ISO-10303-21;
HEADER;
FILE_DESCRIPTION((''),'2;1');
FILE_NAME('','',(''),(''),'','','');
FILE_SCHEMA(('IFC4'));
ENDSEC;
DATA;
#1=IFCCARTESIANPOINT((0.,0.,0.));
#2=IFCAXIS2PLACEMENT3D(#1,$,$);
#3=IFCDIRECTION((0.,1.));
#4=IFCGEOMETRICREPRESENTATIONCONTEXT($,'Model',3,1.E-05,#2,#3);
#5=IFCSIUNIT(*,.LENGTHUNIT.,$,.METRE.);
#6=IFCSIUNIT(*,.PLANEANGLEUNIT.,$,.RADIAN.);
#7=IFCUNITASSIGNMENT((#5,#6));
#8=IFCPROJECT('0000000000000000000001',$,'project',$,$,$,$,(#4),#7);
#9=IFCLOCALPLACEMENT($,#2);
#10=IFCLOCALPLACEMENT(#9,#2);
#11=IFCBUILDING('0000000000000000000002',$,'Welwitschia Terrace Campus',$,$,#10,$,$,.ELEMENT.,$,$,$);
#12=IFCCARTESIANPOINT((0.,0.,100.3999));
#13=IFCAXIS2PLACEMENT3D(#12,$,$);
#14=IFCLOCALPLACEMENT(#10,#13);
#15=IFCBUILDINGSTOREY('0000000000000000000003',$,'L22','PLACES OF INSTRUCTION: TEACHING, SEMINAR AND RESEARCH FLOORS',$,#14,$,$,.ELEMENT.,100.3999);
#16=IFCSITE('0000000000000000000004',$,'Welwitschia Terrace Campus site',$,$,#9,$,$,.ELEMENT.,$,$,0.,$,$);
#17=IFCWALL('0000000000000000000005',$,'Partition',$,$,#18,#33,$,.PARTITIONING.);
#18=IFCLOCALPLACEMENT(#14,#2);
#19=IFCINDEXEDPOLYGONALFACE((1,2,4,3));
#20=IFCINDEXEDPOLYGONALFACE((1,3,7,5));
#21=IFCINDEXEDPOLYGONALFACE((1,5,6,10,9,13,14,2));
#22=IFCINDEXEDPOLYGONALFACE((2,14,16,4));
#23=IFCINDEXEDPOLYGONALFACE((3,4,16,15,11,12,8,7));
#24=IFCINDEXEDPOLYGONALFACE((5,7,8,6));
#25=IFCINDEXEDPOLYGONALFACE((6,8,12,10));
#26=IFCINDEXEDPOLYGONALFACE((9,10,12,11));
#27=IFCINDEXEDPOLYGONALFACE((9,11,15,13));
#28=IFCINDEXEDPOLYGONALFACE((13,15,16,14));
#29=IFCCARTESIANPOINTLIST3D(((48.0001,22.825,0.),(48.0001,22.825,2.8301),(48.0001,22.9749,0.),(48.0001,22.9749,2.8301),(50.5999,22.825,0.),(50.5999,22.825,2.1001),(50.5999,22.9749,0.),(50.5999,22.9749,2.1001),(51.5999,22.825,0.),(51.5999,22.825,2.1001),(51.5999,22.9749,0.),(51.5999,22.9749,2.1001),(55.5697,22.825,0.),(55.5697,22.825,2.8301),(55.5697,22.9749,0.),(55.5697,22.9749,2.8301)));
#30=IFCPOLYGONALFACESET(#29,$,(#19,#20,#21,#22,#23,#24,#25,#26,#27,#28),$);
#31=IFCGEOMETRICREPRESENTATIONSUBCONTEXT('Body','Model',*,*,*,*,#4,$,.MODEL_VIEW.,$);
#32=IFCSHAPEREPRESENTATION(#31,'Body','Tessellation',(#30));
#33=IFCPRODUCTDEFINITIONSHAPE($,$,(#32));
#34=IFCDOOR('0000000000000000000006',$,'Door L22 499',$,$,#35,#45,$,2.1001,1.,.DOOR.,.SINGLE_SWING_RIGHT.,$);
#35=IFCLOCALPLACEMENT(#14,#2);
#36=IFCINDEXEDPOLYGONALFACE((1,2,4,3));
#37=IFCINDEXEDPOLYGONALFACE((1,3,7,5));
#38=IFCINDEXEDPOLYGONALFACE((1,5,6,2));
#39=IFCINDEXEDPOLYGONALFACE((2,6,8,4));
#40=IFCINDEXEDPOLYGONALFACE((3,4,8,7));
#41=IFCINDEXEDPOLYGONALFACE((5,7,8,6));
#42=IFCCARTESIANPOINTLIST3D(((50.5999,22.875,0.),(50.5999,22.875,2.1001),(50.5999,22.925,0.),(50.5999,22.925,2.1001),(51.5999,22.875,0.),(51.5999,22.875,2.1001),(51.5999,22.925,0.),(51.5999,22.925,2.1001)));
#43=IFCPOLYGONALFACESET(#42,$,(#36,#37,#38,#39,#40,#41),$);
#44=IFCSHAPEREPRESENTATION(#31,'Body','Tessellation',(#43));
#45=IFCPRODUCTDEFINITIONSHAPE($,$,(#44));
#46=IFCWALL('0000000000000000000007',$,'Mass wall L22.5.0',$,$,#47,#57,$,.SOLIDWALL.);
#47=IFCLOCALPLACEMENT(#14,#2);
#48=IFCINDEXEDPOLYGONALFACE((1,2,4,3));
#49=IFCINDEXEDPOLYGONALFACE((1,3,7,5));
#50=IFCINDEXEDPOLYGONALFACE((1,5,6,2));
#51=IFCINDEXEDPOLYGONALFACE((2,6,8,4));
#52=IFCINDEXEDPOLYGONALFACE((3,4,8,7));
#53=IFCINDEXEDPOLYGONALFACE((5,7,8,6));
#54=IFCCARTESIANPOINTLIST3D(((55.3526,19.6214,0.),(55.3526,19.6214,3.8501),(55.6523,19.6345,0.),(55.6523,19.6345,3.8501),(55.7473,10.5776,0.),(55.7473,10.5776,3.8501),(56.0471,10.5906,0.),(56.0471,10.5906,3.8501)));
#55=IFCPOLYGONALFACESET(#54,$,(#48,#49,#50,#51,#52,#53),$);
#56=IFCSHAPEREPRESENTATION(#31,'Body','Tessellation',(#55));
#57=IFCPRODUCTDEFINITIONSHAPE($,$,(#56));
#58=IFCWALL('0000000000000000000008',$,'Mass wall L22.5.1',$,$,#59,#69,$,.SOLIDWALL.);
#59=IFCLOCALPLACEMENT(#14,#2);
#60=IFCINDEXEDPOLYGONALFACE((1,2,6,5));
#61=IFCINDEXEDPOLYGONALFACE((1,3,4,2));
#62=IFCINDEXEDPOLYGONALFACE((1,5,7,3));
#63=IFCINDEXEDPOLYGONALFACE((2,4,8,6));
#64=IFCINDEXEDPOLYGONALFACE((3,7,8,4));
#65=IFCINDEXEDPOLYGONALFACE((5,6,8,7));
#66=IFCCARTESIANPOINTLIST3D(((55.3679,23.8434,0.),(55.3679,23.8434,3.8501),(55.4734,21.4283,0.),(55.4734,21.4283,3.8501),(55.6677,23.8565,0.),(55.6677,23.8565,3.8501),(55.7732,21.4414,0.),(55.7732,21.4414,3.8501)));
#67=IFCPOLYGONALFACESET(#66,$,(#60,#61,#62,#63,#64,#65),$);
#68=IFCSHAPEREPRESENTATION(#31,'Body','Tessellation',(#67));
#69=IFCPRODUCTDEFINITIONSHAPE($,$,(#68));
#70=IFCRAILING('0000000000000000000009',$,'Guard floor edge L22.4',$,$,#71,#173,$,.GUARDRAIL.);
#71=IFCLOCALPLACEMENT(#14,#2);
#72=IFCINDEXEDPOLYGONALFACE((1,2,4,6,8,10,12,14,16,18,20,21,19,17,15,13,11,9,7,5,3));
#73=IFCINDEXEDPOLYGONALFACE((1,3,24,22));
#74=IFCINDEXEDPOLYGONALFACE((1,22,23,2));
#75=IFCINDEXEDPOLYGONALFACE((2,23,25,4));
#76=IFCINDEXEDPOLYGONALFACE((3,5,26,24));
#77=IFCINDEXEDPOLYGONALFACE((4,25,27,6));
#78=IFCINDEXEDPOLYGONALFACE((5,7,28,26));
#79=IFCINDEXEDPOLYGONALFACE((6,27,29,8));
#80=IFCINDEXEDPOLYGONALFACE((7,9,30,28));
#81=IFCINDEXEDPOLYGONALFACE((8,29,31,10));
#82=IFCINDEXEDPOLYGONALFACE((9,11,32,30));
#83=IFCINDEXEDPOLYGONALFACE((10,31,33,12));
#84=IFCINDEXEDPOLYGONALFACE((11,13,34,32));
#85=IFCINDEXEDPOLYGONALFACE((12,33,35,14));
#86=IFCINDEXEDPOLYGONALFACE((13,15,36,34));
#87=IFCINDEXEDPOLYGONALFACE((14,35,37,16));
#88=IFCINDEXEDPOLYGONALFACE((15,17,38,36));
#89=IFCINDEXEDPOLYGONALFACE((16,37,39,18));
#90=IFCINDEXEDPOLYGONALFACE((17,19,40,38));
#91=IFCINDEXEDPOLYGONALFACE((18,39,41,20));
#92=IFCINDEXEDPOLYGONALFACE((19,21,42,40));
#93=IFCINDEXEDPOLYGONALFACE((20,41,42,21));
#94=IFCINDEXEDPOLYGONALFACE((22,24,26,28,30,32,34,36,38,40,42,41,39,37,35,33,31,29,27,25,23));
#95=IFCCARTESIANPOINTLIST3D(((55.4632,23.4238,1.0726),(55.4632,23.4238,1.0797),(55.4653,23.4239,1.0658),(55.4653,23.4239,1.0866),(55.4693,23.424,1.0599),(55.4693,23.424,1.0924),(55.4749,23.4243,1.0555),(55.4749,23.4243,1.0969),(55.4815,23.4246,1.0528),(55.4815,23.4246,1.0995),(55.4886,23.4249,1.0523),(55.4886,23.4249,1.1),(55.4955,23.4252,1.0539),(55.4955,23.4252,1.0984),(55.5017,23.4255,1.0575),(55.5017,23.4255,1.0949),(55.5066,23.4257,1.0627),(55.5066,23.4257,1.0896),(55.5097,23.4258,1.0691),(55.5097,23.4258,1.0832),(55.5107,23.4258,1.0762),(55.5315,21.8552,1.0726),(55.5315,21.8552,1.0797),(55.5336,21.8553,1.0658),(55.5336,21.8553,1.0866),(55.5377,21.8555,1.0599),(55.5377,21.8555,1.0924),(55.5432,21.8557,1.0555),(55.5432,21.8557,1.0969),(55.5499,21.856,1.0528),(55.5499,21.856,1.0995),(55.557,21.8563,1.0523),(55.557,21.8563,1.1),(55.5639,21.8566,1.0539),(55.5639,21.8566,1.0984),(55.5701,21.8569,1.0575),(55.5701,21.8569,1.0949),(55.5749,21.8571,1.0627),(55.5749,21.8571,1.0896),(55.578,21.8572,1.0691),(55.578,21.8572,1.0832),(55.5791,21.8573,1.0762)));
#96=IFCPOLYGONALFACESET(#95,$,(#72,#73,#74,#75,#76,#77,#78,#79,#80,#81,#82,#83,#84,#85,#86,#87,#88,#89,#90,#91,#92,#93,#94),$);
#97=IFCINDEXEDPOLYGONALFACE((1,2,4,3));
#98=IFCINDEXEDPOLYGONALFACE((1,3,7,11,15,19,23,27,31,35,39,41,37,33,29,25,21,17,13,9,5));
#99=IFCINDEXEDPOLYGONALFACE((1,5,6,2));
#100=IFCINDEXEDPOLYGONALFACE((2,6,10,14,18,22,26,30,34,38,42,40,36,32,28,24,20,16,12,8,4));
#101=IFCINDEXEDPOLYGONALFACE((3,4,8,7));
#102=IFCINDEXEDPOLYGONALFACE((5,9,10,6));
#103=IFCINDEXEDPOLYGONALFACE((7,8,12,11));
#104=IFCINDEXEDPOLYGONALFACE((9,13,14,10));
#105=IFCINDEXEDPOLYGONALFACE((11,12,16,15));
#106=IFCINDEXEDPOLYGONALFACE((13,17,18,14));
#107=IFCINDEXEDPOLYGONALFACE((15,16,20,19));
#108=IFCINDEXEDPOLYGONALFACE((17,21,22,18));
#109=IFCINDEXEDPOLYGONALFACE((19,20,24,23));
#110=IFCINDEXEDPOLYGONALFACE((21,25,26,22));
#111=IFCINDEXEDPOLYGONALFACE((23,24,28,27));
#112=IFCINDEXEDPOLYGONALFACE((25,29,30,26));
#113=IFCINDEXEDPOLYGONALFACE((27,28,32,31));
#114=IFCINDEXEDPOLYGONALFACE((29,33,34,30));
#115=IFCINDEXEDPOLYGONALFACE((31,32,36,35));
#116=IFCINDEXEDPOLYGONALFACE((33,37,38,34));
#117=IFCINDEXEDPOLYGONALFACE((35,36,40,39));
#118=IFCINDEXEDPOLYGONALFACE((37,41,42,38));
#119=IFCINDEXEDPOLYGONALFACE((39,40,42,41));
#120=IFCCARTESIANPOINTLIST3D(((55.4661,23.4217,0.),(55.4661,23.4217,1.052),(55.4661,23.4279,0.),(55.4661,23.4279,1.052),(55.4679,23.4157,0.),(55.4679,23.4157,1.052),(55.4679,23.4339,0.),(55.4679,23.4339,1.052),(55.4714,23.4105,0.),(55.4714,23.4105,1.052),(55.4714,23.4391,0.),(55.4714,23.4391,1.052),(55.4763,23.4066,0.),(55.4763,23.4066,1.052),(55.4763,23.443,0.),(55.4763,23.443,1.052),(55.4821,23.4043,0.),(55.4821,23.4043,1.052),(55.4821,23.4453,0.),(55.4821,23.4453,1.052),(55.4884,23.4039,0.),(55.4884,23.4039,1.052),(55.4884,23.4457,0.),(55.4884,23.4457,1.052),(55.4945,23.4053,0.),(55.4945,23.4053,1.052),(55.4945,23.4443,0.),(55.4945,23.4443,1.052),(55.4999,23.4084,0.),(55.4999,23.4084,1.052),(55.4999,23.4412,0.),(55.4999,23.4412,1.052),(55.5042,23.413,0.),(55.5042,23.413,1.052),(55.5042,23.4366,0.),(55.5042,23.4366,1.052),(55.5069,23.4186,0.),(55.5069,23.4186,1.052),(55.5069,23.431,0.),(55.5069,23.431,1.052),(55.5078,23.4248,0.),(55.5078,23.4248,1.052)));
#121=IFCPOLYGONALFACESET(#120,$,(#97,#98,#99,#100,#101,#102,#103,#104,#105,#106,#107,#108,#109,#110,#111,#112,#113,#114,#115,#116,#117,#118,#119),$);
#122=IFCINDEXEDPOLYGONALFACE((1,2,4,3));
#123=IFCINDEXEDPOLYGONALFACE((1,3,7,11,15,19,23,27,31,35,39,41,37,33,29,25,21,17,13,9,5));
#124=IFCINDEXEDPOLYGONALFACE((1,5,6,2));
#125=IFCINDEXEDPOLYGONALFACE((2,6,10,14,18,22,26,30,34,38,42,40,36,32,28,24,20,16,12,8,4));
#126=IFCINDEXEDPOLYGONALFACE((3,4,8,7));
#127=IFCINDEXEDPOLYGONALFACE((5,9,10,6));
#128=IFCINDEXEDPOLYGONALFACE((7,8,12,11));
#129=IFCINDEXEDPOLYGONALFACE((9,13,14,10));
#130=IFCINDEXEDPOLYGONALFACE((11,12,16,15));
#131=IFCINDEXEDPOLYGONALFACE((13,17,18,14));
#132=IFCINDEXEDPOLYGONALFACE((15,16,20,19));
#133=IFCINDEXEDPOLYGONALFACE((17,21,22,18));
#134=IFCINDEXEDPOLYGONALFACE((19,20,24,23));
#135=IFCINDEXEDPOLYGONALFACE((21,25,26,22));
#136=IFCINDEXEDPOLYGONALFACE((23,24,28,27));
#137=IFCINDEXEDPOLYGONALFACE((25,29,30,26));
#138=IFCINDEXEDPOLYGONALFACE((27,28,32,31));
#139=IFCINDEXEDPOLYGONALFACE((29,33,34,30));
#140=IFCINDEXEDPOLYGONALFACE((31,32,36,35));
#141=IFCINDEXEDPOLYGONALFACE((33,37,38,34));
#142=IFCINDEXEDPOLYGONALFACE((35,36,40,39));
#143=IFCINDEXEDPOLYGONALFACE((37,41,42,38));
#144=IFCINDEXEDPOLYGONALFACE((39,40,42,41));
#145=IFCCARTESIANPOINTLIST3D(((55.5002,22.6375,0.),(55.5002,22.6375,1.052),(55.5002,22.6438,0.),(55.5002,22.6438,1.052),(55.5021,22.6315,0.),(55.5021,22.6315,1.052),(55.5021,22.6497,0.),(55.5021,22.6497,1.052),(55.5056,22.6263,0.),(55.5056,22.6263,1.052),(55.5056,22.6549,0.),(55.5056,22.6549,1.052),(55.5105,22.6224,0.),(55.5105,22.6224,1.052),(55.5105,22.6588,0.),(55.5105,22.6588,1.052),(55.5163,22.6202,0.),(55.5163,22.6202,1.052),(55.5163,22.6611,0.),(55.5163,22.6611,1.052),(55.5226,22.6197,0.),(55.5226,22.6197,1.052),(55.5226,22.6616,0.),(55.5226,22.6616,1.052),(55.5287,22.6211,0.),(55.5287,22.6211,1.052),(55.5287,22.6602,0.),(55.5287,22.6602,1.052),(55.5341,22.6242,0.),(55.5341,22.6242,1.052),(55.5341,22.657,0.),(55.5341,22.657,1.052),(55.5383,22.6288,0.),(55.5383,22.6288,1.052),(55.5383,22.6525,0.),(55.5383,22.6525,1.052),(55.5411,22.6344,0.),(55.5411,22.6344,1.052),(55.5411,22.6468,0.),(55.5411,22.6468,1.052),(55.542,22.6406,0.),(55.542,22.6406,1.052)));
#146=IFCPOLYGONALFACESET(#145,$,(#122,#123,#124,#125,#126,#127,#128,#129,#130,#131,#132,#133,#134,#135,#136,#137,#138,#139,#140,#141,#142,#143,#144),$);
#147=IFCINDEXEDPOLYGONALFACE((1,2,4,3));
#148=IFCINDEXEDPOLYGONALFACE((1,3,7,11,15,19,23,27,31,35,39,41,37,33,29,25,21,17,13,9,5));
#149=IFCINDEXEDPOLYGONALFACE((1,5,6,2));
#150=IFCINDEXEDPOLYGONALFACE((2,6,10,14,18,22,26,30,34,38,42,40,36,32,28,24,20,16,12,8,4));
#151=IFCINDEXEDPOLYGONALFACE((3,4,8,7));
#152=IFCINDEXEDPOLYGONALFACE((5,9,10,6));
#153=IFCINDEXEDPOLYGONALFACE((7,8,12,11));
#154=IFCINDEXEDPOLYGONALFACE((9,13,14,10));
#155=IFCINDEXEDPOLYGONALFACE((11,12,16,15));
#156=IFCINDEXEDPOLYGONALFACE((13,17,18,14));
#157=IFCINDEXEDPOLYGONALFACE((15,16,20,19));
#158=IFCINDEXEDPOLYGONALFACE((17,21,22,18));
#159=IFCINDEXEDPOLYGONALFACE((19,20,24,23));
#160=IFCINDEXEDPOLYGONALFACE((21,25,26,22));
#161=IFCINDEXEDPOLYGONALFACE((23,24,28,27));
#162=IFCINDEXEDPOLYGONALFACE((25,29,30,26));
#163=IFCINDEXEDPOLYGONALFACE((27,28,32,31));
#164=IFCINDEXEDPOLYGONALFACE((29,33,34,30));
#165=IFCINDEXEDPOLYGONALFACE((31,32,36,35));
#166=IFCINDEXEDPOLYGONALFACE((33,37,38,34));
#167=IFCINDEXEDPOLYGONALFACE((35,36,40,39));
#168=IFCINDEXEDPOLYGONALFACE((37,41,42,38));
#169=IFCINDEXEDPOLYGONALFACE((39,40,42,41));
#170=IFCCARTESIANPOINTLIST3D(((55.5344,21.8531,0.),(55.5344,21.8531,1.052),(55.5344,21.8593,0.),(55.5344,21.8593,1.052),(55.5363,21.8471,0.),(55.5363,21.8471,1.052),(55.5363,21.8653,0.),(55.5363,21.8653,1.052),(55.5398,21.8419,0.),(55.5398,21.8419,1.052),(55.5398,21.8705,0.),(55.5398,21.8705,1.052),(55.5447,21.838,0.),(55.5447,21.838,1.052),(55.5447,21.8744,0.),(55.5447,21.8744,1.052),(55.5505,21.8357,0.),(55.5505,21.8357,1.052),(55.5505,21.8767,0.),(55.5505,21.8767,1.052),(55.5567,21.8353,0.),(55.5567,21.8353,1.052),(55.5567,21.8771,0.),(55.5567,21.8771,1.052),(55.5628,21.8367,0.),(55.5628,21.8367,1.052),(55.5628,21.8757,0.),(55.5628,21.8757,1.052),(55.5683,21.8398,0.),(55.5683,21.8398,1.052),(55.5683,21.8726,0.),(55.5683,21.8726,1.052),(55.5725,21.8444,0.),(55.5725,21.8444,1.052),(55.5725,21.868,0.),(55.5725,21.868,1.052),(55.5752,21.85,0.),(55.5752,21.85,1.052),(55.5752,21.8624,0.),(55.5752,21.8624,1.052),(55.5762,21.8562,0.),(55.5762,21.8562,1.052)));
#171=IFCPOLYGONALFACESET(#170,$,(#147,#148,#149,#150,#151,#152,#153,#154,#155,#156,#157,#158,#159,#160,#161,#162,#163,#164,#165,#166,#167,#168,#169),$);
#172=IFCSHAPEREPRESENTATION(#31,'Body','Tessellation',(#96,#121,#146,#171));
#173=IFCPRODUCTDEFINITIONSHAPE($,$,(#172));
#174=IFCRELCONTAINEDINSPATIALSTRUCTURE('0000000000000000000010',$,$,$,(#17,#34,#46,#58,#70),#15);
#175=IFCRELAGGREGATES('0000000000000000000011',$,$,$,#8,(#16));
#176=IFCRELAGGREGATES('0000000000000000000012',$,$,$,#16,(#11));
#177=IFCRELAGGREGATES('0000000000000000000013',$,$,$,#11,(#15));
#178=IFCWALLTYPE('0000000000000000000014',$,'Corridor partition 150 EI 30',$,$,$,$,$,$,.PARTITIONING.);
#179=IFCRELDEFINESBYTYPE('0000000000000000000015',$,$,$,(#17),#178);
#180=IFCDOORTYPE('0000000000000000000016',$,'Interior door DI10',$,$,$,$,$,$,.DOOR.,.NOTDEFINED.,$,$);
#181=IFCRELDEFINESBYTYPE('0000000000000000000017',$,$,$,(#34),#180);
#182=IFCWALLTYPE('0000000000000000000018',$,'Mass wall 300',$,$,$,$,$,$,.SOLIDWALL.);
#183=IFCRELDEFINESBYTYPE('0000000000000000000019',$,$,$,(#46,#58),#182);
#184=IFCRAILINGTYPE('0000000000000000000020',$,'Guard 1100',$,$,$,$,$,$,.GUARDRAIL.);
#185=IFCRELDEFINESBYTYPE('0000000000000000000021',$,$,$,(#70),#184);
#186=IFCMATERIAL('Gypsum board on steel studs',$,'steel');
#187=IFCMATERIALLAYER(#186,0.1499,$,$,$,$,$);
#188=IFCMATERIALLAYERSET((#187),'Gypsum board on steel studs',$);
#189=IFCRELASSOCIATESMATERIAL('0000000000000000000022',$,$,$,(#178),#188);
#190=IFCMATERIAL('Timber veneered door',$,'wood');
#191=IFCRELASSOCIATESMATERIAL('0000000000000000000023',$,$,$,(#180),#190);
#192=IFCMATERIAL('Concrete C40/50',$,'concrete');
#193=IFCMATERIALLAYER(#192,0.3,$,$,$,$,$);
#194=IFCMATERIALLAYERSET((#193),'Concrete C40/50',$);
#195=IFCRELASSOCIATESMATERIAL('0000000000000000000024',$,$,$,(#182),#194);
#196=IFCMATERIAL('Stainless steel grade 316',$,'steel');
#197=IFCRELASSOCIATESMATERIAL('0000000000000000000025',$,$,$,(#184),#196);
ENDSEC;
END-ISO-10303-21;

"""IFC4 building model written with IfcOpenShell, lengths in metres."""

from ifc_helpers import new_model, si_unit, direction, frame, frame_2d, origin, origin_2d, place, context, subcontext, project, spatial, rectangle, circle, extrude, material, layer, layer_set, type_object, element, fill, save


model = new_model("IFC4")

# Units and contexts
model_context = context("Model", 3, precision=1e-05, world=origin(), true_north=direction((0.0, 1.0)))
body_context = subcontext(model_context, "Body", "Model", "MODEL_VIEW")
ifc_project = project(units=[si_unit("LENGTHUNIT", "METRE"), si_unit("PLANEANGLEUNIT", "RADIAN")], contexts=[model_context])

# Site, building, storey
site_placement = place(None, origin())
site = spatial("IfcSite", under=ifc_project, at=site_placement, Name="Welwitschia Terrace Campus site", CompositionType="ELEMENT", RefElevation=0.0)
building_placement = place(site_placement, origin())
building = spatial("IfcBuilding", under=site, at=building_placement, Name="Welwitschia Terrace Campus", CompositionType="ELEMENT")
storey_placement = place(building_placement, frame((0.0, 0.0, 100.3999)))
storey = spatial("IfcBuildingStorey", under=building, at=storey_placement, Name="L22", Description="PLACES OF INSTRUCTION: TEACHING, SEMINAR AND RESEARCH FLOORS", CompositionType="ELEMENT", Elevation=100.3999)

# Wall, opening, door
ifc_material_1 = material(Name="Gypsum board on steel studs", Category="steel")
ifc_layer_1 = layer(ifc_material_1, 0.1499)
ifc_layer_set_1 = layer_set([ifc_layer_1], Name="Gypsum board on steel studs")
wall_type_1 = type_object("IfcWallType", Name="Corridor partition 150 EI 30", PredefinedType="PARTITIONING", material=ifc_layer_set_1)
wall_1_placement = place(storey_placement, frame((55.5696, 22.8999, 0.0), z_axis=(0.0, 0.0, 1.0), x_axis=(-1.0, 0.0, 0.0)))
wall_1 = element("IfcWall", 1, at=wall_1_placement, inside=storey, type_object=wall_type_1, Name="Partition", PredefinedType="PARTITIONING", context=body_context, shape_type="SweptSolid", body=[
    extrude(rectangle(XDim=7.5696, YDim=0.1499, at=frame_2d((3.7847, 0.0))), origin(), (0.0, 0.0, 1.0), 2.8301),
])
opening_1_placement = place(wall_1_placement, frame((3.9697, 0.0, 0.0)))
opening_1 = element("IfcOpeningElement", 2, at=opening_1_placement, cuts=wall_1, PredefinedType="OPENING", context=body_context, shape_type="SweptSolid", body=[
    extrude(rectangle(XDim=1.0, YDim=2.1001, at=frame_2d((0.5, 1.05))), frame((0.0, 0.085, 0.0), z_axis=(0.0, -1.0, 0.0), x_axis=(1.0, 0.0, 0.0)), (0.0, 0.0, 1.0), 0.1699),
])
ifc_material_2 = material(Name="Timber veneered door", Category="wood")
door_type_1 = type_object("IfcDoorType", Name="Interior door DI10", OperationType="NOTDEFINED", PredefinedType="DOOR", material=ifc_material_2)
door_1_placement = place(opening_1_placement, origin())
door_1 = element("IfcDoor", 3, at=door_1_placement, inside=storey, type_object=door_type_1, Name="Door L22 499", OperationType="SINGLE_SWING_RIGHT", OverallHeight=2.1001, OverallWidth=1.0, PredefinedType="DOOR", context=body_context, shape_type="SweptSolid", body=[
    extrude(rectangle(XDim=1.0, YDim=2.1001, at=frame_2d((0.5, 1.05))), frame((0.0, 0.0249, 0.0), z_axis=(0.0, -1.0, 0.0), x_axis=(1.0, 0.0, 0.0)), (0.0, 0.0, 1.0), 0.05),
])
fill(opening_1, door_1)

# Walls
ifc_material_3 = material(Name="Concrete C40/50", Category="concrete")
ifc_layer_2 = layer(ifc_material_3, 0.3)
ifc_layer_set_2 = layer_set([ifc_layer_2], Name="Concrete C40/50")
wall_type_2 = type_object("IfcWallType", Name="Mass wall 300", PredefinedType="SOLIDWALL", material=ifc_layer_set_2)
wall_2_placement = place(storey_placement, frame((55.8972, 10.584, 0.0), z_axis=(0.0, 0.0, 1.0), x_axis=(-0.043609, 0.999049, 0.0)))
element("IfcWall", 4, at=wall_2_placement, inside=storey, type_object=wall_type_2, Name="Mass wall L22.5.0", PredefinedType="SOLIDWALL", context=body_context, shape_type="SweptSolid", body=[
    extrude(rectangle(XDim=9.0525, YDim=0.3, at=frame_2d((4.5264, 0.0))), origin(), (0.0, 0.0, 1.0), 3.8501),
])
wall_3_placement = place(storey_placement, frame((55.6233, 21.4348, 0.0), z_axis=(0.0, 0.0, 1.0), x_axis=(-0.043626, 0.999048, 0.0)))
element("IfcWall", 5, at=wall_3_placement, inside=storey, type_object=wall_type_2, Name="Mass wall L22.5.1", PredefinedType="SOLIDWALL", context=body_context, shape_type="SweptSolid", body=[
    extrude(rectangle(XDim=2.4175, YDim=0.3, at=frame_2d((1.2087, 0.0))), origin(), (0.0, 0.0, 1.0), 3.8501),
])

# Railing
ifc_material_4 = material(Name="Stainless steel grade 316", Category="steel")
railing_type = type_object("IfcRailingType", Name="Guard 1100", PredefinedType="GUARDRAIL", material=ifc_material_4)
railing_1_placement = place(storey_placement, frame((55.4868, 23.4248, 0.0)))
element("IfcRailing", 6, at=railing_1_placement, inside=storey, type_object=railing_type, Name="Guard floor edge L22.4", PredefinedType="GUARDRAIL", context=body_context, shape_type="SweptSolid", body=[
    extrude(circle(Radius=0.0239, at=origin_2d()), frame((0.0, 0.0, 1.0762), z_axis=(0.043538, -0.999052, 0.0), x_axis=(0.999052, 0.043538, 0.0)), (0.0, 0.0, 1.0), 1.5701),
    extrude(circle(Radius=0.021, at=origin_2d()), origin(), (0.0, 0.0, 1.0), 1.052),
    extrude(circle(Radius=0.021, at=origin_2d()), frame((0.0342, -0.7842, 0.0)), (0.0, 0.0, 1.0), 1.052),
    extrude(circle(Radius=0.021, at=origin_2d()), frame((0.0684, -1.5686, 0.0)), (0.0, 0.0, 1.0), 1.052),
])

save(model, "model.ifc")
